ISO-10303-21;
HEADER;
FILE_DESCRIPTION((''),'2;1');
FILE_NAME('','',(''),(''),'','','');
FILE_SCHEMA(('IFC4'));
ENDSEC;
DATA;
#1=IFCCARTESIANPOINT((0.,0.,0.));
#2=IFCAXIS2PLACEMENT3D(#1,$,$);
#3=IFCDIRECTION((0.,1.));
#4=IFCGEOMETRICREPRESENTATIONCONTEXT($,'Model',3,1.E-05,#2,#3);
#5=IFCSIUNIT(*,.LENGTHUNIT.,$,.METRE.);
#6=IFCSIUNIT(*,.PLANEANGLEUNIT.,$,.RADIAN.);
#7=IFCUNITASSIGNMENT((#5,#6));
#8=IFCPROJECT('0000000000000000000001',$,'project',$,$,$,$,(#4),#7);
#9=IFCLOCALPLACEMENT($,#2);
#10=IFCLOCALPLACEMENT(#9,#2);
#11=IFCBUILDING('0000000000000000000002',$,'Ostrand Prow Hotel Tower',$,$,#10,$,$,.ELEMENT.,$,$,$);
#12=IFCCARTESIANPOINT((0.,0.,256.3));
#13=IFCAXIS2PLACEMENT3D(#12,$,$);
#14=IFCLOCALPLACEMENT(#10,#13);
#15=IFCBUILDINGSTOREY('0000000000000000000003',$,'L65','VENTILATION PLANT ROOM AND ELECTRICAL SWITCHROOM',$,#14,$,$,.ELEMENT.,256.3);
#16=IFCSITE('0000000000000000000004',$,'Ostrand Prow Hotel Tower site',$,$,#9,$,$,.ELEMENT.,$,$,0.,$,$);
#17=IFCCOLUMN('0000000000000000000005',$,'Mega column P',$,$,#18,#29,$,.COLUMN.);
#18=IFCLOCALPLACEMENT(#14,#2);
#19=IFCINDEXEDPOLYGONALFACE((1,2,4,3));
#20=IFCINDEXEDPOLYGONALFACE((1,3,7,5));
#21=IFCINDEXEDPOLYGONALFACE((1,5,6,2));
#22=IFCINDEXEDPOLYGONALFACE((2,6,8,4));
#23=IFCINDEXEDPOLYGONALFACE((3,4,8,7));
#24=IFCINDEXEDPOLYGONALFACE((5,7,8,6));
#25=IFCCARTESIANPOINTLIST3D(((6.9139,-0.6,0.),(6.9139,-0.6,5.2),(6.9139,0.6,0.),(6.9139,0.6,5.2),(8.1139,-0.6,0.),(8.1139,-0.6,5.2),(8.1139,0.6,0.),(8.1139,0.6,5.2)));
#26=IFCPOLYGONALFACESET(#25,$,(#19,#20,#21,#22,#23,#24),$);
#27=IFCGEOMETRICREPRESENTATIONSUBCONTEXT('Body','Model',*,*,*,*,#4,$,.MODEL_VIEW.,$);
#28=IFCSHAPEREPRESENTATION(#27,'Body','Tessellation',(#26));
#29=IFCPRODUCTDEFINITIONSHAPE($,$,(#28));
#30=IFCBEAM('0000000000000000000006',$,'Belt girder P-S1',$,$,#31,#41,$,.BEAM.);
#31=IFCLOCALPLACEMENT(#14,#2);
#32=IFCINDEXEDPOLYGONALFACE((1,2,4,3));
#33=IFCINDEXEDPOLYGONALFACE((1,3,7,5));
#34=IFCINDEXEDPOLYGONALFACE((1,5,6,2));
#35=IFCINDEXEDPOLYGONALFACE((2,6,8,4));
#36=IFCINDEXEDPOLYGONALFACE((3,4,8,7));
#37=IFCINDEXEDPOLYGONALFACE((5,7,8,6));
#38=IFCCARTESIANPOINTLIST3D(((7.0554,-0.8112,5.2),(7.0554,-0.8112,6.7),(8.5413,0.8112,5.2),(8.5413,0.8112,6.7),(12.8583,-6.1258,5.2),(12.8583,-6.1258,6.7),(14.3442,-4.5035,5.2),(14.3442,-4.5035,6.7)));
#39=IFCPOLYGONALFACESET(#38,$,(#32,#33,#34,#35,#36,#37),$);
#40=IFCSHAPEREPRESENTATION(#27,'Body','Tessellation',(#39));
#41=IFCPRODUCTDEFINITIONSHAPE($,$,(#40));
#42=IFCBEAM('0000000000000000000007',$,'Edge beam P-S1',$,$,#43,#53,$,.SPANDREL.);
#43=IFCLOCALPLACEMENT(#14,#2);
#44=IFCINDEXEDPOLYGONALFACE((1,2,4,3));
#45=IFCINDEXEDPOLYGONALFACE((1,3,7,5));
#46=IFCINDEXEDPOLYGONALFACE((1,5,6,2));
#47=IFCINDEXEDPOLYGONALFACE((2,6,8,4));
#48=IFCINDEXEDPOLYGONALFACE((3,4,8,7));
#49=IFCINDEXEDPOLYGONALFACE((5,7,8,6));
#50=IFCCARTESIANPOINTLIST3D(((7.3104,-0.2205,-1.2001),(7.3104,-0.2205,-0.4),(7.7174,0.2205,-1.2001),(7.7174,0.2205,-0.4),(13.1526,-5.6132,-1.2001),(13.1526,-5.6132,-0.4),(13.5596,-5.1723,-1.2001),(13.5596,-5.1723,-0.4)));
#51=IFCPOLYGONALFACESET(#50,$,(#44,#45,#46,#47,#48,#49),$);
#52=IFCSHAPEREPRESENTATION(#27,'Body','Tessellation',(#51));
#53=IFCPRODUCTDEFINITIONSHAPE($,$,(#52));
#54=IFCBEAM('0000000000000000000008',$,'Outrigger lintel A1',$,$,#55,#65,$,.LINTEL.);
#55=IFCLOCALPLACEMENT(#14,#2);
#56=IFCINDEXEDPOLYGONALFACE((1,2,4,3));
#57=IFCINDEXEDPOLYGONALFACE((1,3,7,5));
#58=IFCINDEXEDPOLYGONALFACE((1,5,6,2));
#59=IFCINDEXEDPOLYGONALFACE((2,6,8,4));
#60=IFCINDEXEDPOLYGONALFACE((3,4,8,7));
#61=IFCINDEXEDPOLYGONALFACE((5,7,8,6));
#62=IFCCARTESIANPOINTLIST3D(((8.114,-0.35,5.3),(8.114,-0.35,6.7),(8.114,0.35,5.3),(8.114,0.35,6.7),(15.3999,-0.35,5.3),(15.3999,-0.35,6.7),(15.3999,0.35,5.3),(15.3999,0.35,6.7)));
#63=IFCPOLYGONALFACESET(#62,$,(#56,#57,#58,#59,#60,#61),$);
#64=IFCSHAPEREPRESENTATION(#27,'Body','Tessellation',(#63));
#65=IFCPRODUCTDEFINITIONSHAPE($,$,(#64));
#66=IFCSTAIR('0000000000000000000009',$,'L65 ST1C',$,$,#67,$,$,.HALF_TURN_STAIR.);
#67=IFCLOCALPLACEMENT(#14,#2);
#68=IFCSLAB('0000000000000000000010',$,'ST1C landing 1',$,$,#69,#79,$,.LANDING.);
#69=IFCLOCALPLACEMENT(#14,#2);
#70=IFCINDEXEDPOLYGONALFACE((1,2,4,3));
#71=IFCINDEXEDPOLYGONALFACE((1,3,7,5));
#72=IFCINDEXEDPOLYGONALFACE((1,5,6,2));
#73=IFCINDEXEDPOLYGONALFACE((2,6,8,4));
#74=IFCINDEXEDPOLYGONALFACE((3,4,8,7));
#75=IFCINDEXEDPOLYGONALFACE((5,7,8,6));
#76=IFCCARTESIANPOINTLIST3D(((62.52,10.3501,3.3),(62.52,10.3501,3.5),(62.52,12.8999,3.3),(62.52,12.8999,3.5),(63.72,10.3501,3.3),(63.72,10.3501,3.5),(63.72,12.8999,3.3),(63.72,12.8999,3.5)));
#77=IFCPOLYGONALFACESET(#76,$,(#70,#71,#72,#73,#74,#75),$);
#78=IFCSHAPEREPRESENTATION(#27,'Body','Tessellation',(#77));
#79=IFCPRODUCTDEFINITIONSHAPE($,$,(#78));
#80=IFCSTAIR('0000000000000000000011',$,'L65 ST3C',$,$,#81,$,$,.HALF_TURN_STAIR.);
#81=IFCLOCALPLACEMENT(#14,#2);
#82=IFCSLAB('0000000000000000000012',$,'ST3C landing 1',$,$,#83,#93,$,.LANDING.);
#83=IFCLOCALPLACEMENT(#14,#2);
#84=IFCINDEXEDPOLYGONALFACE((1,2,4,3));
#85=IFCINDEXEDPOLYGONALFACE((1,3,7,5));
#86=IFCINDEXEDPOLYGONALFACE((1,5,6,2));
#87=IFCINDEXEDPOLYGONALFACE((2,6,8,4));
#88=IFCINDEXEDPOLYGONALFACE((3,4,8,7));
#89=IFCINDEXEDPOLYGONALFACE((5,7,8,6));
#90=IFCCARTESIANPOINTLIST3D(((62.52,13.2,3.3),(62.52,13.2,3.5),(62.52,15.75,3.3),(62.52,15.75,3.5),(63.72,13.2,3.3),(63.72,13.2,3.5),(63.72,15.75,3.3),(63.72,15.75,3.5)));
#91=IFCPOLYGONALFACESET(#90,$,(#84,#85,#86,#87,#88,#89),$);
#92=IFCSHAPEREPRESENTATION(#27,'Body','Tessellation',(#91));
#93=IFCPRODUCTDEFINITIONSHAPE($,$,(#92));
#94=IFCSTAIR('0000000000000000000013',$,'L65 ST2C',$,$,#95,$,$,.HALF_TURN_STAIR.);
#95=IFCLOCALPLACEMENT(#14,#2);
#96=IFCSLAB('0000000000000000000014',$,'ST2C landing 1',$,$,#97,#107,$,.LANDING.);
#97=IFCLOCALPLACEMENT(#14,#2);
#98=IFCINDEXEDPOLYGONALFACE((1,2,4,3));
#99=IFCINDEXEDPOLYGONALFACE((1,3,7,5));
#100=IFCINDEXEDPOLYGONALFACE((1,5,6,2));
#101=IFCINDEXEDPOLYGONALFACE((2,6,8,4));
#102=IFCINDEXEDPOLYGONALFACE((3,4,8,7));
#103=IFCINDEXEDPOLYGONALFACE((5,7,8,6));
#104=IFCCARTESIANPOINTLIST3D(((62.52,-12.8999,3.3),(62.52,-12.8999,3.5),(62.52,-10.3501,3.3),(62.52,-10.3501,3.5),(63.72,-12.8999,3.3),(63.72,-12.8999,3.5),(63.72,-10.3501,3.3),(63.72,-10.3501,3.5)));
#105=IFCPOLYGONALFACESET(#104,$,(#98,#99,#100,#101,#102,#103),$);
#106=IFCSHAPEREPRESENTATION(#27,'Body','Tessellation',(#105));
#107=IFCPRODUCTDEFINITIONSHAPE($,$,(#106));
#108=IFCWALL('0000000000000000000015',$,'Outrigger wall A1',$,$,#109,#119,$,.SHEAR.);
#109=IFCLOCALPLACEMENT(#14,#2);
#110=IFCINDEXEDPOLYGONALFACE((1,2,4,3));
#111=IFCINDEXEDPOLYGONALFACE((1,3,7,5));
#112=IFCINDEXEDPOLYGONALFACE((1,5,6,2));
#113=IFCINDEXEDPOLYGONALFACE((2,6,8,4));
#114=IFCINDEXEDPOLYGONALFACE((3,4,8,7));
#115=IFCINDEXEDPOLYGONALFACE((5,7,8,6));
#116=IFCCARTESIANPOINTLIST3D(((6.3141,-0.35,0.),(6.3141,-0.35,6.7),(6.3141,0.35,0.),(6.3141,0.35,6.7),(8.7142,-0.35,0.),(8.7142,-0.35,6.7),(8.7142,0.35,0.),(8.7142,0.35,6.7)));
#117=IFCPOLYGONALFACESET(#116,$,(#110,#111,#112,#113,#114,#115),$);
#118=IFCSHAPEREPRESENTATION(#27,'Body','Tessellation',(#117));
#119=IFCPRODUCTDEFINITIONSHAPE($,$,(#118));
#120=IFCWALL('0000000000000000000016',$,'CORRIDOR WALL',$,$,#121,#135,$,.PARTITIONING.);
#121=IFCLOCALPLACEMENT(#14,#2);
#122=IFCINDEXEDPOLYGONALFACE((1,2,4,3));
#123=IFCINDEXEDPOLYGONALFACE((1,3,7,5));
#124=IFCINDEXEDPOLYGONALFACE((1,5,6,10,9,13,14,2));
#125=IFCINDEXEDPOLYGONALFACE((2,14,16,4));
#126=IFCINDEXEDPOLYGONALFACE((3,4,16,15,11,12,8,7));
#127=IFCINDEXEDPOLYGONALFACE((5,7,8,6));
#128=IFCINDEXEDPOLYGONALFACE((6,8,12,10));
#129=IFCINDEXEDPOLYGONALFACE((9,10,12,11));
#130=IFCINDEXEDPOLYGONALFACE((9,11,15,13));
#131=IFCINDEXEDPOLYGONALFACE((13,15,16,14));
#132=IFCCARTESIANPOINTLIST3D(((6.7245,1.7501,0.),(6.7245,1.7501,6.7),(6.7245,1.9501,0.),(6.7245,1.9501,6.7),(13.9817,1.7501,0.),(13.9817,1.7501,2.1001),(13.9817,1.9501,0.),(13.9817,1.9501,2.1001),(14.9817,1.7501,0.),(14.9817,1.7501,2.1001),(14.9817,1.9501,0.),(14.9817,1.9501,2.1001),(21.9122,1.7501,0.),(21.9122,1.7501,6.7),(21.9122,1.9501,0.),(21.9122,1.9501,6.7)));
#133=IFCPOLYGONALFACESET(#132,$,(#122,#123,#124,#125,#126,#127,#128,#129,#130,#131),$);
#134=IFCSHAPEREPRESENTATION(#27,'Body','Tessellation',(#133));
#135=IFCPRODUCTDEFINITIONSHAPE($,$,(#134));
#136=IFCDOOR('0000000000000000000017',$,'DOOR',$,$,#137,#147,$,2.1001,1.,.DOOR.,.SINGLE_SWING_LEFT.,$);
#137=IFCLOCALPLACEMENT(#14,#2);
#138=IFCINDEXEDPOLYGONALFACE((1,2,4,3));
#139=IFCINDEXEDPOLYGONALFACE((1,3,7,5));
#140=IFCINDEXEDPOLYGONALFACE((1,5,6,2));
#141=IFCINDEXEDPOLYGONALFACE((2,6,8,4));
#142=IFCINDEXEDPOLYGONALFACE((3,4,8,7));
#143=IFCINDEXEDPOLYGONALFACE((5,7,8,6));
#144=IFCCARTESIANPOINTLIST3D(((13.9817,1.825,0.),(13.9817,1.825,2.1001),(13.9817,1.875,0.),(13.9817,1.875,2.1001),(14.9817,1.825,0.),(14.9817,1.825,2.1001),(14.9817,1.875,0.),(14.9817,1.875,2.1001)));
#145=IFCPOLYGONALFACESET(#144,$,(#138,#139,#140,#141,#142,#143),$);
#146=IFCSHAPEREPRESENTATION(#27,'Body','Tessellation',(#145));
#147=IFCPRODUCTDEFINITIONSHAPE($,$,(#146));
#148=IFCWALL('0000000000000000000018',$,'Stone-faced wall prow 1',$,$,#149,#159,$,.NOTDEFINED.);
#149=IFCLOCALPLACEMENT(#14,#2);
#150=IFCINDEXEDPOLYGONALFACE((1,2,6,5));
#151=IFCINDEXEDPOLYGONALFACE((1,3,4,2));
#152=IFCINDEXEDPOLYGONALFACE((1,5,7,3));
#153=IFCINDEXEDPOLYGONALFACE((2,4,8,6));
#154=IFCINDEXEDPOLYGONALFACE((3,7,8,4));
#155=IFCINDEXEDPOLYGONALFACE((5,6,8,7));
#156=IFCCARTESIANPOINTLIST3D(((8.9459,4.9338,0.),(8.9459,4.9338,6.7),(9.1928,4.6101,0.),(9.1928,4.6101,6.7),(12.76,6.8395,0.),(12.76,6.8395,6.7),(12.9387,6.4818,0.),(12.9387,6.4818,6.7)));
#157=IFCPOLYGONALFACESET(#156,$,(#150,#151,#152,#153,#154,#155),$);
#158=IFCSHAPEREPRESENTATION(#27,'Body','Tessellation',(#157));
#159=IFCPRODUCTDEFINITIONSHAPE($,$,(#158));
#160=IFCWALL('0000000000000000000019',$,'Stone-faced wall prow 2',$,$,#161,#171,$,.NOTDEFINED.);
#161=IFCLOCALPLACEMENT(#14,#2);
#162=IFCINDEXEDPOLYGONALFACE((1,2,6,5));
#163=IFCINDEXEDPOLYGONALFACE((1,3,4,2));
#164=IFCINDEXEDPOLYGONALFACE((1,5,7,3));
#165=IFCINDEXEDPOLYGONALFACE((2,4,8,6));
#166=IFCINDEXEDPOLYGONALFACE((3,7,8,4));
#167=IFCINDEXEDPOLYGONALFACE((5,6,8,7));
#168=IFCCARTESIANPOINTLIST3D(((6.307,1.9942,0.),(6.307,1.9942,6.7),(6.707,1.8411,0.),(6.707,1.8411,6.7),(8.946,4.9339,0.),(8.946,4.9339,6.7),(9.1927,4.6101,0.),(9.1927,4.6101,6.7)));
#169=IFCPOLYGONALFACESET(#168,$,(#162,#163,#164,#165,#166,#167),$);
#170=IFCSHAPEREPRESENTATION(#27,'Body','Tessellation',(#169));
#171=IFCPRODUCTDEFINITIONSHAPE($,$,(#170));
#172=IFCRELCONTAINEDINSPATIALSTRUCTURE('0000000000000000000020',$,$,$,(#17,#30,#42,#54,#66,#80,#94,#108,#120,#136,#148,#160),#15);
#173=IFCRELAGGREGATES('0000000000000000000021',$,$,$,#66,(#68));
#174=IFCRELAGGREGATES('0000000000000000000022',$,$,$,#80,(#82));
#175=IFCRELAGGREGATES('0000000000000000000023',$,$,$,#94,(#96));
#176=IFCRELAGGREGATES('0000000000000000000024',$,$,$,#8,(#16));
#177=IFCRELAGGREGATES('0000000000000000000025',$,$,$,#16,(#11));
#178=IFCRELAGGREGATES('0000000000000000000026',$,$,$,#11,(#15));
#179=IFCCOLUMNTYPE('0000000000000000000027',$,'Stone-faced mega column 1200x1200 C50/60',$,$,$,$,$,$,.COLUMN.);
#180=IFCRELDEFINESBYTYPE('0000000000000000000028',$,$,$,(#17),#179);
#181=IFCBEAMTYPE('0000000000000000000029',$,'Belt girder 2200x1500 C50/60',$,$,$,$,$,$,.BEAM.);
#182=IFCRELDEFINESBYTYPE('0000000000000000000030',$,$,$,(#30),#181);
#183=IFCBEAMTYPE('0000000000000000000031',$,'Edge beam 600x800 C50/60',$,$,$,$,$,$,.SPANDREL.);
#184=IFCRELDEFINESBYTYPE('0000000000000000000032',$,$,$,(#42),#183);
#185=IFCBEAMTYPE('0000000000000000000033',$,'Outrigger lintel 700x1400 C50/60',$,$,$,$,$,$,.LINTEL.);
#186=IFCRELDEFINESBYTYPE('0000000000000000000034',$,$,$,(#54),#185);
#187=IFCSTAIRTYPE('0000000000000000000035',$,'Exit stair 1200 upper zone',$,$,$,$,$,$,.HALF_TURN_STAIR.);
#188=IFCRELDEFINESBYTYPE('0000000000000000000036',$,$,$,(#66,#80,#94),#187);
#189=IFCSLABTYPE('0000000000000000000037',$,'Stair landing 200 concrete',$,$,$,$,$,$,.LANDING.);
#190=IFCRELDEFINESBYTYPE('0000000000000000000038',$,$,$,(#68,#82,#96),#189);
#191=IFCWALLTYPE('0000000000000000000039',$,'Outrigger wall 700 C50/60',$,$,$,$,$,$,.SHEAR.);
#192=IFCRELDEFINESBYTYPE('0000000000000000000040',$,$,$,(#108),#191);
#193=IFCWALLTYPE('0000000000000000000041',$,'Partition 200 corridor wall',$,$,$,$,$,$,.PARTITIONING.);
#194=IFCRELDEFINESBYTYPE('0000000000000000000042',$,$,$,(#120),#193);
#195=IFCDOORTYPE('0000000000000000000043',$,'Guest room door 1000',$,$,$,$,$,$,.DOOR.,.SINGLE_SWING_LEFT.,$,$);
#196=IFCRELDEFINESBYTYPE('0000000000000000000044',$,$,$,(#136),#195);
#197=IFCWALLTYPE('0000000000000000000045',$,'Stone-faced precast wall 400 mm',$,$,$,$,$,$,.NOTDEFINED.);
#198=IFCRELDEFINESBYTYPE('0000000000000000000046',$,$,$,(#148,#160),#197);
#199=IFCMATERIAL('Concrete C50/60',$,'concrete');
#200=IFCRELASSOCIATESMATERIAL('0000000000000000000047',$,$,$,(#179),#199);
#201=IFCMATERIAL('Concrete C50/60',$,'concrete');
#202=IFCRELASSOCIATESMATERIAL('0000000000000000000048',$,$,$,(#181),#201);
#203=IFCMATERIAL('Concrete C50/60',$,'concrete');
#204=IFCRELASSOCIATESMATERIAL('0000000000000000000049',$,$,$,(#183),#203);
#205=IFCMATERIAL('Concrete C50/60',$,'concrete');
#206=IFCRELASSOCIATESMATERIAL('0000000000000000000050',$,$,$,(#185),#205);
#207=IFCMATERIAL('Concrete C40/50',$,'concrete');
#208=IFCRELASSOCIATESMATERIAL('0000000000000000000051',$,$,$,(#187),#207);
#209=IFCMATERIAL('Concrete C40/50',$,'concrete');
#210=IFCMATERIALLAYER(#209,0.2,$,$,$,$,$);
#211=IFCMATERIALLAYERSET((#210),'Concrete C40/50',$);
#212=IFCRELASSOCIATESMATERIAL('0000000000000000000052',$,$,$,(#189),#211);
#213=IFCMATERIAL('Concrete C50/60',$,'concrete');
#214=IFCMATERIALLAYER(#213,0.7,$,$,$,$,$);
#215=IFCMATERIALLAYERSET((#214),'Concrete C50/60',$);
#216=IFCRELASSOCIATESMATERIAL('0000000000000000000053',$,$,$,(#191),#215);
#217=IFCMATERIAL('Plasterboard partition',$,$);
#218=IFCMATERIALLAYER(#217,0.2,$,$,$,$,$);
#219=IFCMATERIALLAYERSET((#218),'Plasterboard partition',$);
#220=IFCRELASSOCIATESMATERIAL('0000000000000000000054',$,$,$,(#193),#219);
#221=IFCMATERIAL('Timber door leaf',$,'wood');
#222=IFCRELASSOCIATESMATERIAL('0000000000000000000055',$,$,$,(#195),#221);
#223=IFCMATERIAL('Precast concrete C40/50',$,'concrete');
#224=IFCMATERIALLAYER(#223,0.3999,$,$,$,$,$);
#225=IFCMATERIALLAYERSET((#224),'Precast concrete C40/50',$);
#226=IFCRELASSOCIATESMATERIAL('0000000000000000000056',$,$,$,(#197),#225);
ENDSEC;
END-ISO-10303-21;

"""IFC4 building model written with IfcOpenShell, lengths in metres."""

from ifc_helpers import new_model, si_unit, direction, frame, frame_2d, origin, origin_2d, place, context, subcontext, project, spatial, polyline, rectangle, outline, extrude, material, layer, layer_set, material_profile, profile_set, type_object, element, fill, aggregate, save


model = new_model("IFC4")

# Units and contexts
model_context = context("Model", 3, precision=1e-05, world=origin(), true_north=direction((0.0, 1.0)))
body_context = subcontext(model_context, "Body", "Model", "MODEL_VIEW")
ifc_project = project(units=[si_unit("LENGTHUNIT", "METRE"), si_unit("PLANEANGLEUNIT", "RADIAN")], contexts=[model_context])

# Site, building, storey
site_placement = place(None, origin())
site = spatial("IfcSite", under=ifc_project, at=site_placement, Name="Ostrand Prow Hotel Tower site", CompositionType="ELEMENT", RefElevation=0.0)
building_placement = place(site_placement, origin())
building = spatial("IfcBuilding", under=site, at=building_placement, Name="Ostrand Prow Hotel Tower", CompositionType="ELEMENT")
storey_placement = place(building_placement, frame((0.0, 0.0, 256.3)))
storey = spatial("IfcBuildingStorey", under=building, at=storey_placement, Name="L65", Description="VENTILATION PLANT ROOM AND ELECTRICAL SWITCHROOM", CompositionType="ELEMENT", Elevation=256.3)

# Column
ifc_material_1 = material(Name="Concrete C50/60", Category="concrete")
ifc_material_profile_1 = material_profile(ifc_material_1, rectangle(XDim=1.2, YDim=1.2, at=origin_2d()), Name="RC 1200x1200")
ifc_profile_set_1 = profile_set([ifc_material_profile_1], Name="Concrete C50/60")
column_type = type_object("IfcColumnType", Name="Stone-faced mega column 1200x1200 C50/60", PredefinedType="COLUMN", material=ifc_profile_set_1)
column_placement = place(storey_placement, frame((7.5139, 0.0, 0.0), z_axis=(0.0, 0.0, 1.0), x_axis=(1.0, 0.0, 0.0)))
element("IfcColumn", 1, at=column_placement, inside=storey, type_object=column_type, Name="Mega column P", PredefinedType="COLUMN", context=body_context, shape_type="SweptSolid", body=[
    extrude(rectangle(XDim=1.2, YDim=1.2, at=origin_2d()), origin(), (0.0, 0.0, 1.0), 5.2),
])

# Beams
ifc_material_2 = material(Name="Concrete C50/60", Category="concrete")
ifc_material_profile_2 = material_profile(ifc_material_2, rectangle(XDim=2.2, YDim=1.5, at=origin_2d()), Name="RC 2200x1500")
ifc_profile_set_2 = profile_set([ifc_material_profile_2], Name="Concrete C50/60")
beam_type_1 = type_object("IfcBeamType", Name="Belt girder 2200x1500 C50/60", PredefinedType="BEAM", material=ifc_profile_set_2)
beam_1_placement = place(storey_placement, frame((7.7983, 0.0, 5.95), z_axis=(0.737452, -0.6754, 0.0), x_axis=(0.6754, 0.737452, 0.0)))
element("IfcBeam", 2, at=beam_1_placement, inside=storey, type_object=beam_type_1, Name="Belt girder P-S1", PredefinedType="BEAM", context=body_context, shape_type="SweptSolid", body=[
    extrude(rectangle(XDim=2.2, YDim=1.5, at=origin_2d()), origin(), (0.0, 0.0, 1.0), 7.8689),
])
ifc_material_3 = material(Name="Concrete C50/60", Category="concrete")
ifc_material_profile_3 = material_profile(ifc_material_3, rectangle(XDim=0.6001, YDim=0.8, at=origin_2d()), Name="RC 600x800")
ifc_profile_set_3 = profile_set([ifc_material_profile_3], Name="Concrete C50/60")
beam_type_2 = type_object("IfcBeamType", Name="Edge beam 600x800 C50/60", PredefinedType="SPANDREL", material=ifc_profile_set_3)
beam_2_placement = place(storey_placement, frame((7.5139, 0.0, -0.8), z_axis=(0.734807, -0.678276, 0.0), x_axis=(0.678276, 0.734807, 0.0)))
element("IfcBeam", 3, at=beam_2_placement, inside=storey, type_object=beam_type_2, Name="Edge beam P-S1", PredefinedType="SPANDREL", context=body_context, shape_type="SweptSolid", body=[
    extrude(rectangle(XDim=0.6001, YDim=0.8, at=origin_2d()), origin(), (0.0, 0.0, 1.0), 7.9507),
])
ifc_material_4 = material(Name="Concrete C50/60", Category="concrete")
ifc_material_profile_4 = material_profile(ifc_material_4, rectangle(XDim=0.7, YDim=1.3999, at=origin_2d()), Name="RC 700x1400")
ifc_profile_set_4 = profile_set([ifc_material_profile_4], Name="Concrete C50/60")
beam_type_3 = type_object("IfcBeamType", Name="Outrigger lintel 700x1400 C50/60", PredefinedType="LINTEL", material=ifc_profile_set_4)
beam_3_placement = place(storey_placement, frame((8.114, 0.0, 6.0), z_axis=(1.0, 0.0, 0.0), x_axis=(0.0, 1.0, 0.0)))
element("IfcBeam", 4, at=beam_3_placement, inside=storey, type_object=beam_type_3, Name="Outrigger lintel A1", PredefinedType="LINTEL", context=body_context, shape_type="SweptSolid", body=[
    extrude(rectangle(XDim=0.7, YDim=1.3999, at=origin_2d()), origin(), (0.0, 0.0, 1.0), 7.2859),
])

# Stairs, slabs
ifc_material_5 = material(Name="Concrete C40/50", Category="concrete")
stair_type = type_object("IfcStairType", Name="Exit stair 1200 upper zone", PredefinedType="HALF_TURN_STAIR", material=ifc_material_5)
stair_1_placement = place(storey_placement, origin())
stair_1 = element("IfcStair", 5, at=stair_1_placement, inside=storey, type_object=stair_type, Name="L65 ST1C", PredefinedType="HALF_TURN_STAIR")
ifc_material_6 = material(Name="Concrete C40/50", Category="concrete")
ifc_layer_1 = layer(ifc_material_6, 0.2)
ifc_layer_set_1 = layer_set([ifc_layer_1], Name="Concrete C40/50")
slab_type = type_object("IfcSlabType", Name="Stair landing 200 concrete", PredefinedType="LANDING", material=ifc_layer_set_1)
slab_1_placement = place(storey_placement, frame((0.0, 0.0, 3.3)))
slab_1 = element("IfcSlab", 6, at=slab_1_placement, type_object=slab_type, Name="ST1C landing 1", PredefinedType="LANDING", context=body_context, shape_type="SweptSolid", body=[
    extrude(outline(polyline([(62.52, 10.3501), (63.72, 10.3501), (63.72, 12.8999), (62.52, 12.8999), (62.52, 10.3501)])), origin(), (0.0, 0.0, 1.0), 0.2),
])
aggregate(stair_1, [slab_1])
stair_2_placement = place(storey_placement, origin())
stair_2 = element("IfcStair", 7, at=stair_2_placement, inside=storey, type_object=stair_type, Name="L65 ST3C", PredefinedType="HALF_TURN_STAIR")
slab_2_placement = place(storey_placement, frame((0.0, 0.0, 3.3)))
slab_2 = element("IfcSlab", 8, at=slab_2_placement, type_object=slab_type, Name="ST3C landing 1", PredefinedType="LANDING", context=body_context, shape_type="SweptSolid", body=[
    extrude(outline(polyline([(62.52, 13.2), (63.72, 13.2), (63.72, 15.75), (62.52, 15.75), (62.52, 13.2)])), origin(), (0.0, 0.0, 1.0), 0.2),
])
aggregate(stair_2, [slab_2])
stair_3_placement = place(storey_placement, origin())
stair_3 = element("IfcStair", 9, at=stair_3_placement, inside=storey, type_object=stair_type, Name="L65 ST2C", PredefinedType="HALF_TURN_STAIR")
slab_3_placement = place(storey_placement, frame((0.0, 0.0, 3.3)))
slab_3 = element("IfcSlab", 10, at=slab_3_placement, type_object=slab_type, Name="ST2C landing 1", PredefinedType="LANDING", context=body_context, shape_type="SweptSolid", body=[
    extrude(outline(polyline([(62.52, -12.8999), (63.72, -12.8999), (63.72, -10.3501), (62.52, -10.3501), (62.52, -12.8999)])), origin(), (0.0, 0.0, 1.0), 0.2),
])
aggregate(stair_3, [slab_3])

# Wall
ifc_material_7 = material(Name="Concrete C50/60", Category="concrete")
ifc_layer_2 = layer(ifc_material_7, 0.7)
ifc_layer_set_2 = layer_set([ifc_layer_2], Name="Concrete C50/60")
wall_type_1 = type_object("IfcWallType", Name="Outrigger wall 700 C50/60", PredefinedType="SHEAR", material=ifc_layer_set_2)
wall_1_placement = place(storey_placement, frame((6.314, 0.0, 0.0), z_axis=(0.0, 0.0, 1.0), x_axis=(1.0, 0.0, 0.0)))
element("IfcWall", 11, at=wall_1_placement, inside=storey, type_object=wall_type_1, Name="Outrigger wall A1", PredefinedType="SHEAR", context=body_context, shape_type="SweptSolid", body=[
    extrude(rectangle(XDim=2.4001, YDim=0.7, at=frame_2d((1.2002, 0.0))), origin(), (0.0, 0.0, 1.0), 6.7),
])

# Wall, opening, door
ifc_material_8 = material(Name="Plasterboard partition")
ifc_layer_3 = layer(ifc_material_8, 0.2)
ifc_layer_set_3 = layer_set([ifc_layer_3], Name="Plasterboard partition")
wall_type_2 = type_object("IfcWallType", Name="Partition 200 corridor wall", PredefinedType="PARTITIONING", material=ifc_layer_set_3)
wall_2_placement = place(storey_placement, frame((6.7246, 1.8501, 0.0), z_axis=(0.0, 0.0, 1.0), x_axis=(1.0, 0.0, 0.0)))
wall_2 = element("IfcWall", 12, at=wall_2_placement, inside=storey, type_object=wall_type_2, Name="CORRIDOR WALL", PredefinedType="PARTITIONING", context=body_context, shape_type="SweptSolid", body=[
    extrude(rectangle(XDim=15.1877, YDim=0.2, at=frame_2d((7.5938, 0.0))), origin(), (0.0, 0.0, 1.0), 6.7),
])
opening_placement = place(wall_2_placement, frame((7.2571, 0.0, 0.0)))
opening = element("IfcOpeningElement", 13, at=opening_placement, cuts=wall_2, PredefinedType="OPENING", context=body_context, shape_type="SweptSolid", body=[
    extrude(rectangle(XDim=1.0, YDim=2.1001, at=frame_2d((0.5, 1.05))), frame((0.0, 0.1099, 0.0), z_axis=(0.0, -1.0, 0.0), x_axis=(1.0, 0.0, 0.0)), (0.0, 0.0, 1.0), 0.22),
])
ifc_material_9 = material(Name="Timber door leaf", Category="wood")
door_type = type_object("IfcDoorType", Name="Guest room door 1000", OperationType="SINGLE_SWING_LEFT", PredefinedType="DOOR", material=ifc_material_9)
door_placement = place(opening_placement, origin())
door = element("IfcDoor", 14, at=door_placement, inside=storey, type_object=door_type, Name="DOOR", OperationType="SINGLE_SWING_LEFT", OverallHeight=2.1001, OverallWidth=1.0, PredefinedType="DOOR", context=body_context, shape_type="SweptSolid", body=[
    extrude(rectangle(XDim=1.0, YDim=2.1001, at=frame_2d((0.5, 1.05))), frame((0.0, 0.0249, 0.0), z_axis=(0.0, -1.0, 0.0), x_axis=(1.0, 0.0, 0.0)), (0.0, 0.0, 1.0), 0.05),
])
fill(opening, door)

# Walls
ifc_material_10 = material(Name="Precast concrete C40/50", Category="concrete")
ifc_layer_4 = layer(ifc_material_10, 0.3999)
ifc_layer_set_4 = layer_set([ifc_layer_4], Name="Precast concrete C40/50")
wall_type_3 = type_object("IfcWallType", Name="Stone-faced precast wall 400 mm", PredefinedType="NOTDEFINED", material=ifc_layer_set_4)
wall_3_placement = place(storey_placement, frame((12.8494, 6.6606, 0.0), z_axis=(0.0, 0.0, 1.0), x_axis=(-0.894554, -0.446959, 0.0)))
element("IfcWall", 15, at=wall_3_placement, inside=storey, type_object=wall_type_3, Name="Stone-faced wall prow 1", PredefinedType="NOTDEFINED", context=body_context, shape_type="SweptSolid", body=[
    extrude(outline(polyline([(0.0, -0.2), (4.2637, -0.2), (4.1875, 0.2), (0.0, 0.2), (0.0, -0.2)])), origin(), (0.0, 0.0, 1.0), 6.7),
])
wall_4_placement = place(storey_placement, frame((9.0693, 4.772, 0.0), z_axis=(0.0, 0.0, 1.0), x_axis=(-0.668018, -0.744145, 0.0)))
element("IfcWall", 16, at=wall_4_placement, inside=storey, type_object=wall_type_3, Name="Stone-faced wall prow 2", PredefinedType="NOTDEFINED", context=body_context, shape_type="SweptSolid", body=[
    extrude(outline(polyline([(-0.0381, -0.2), (3.9124, -0.2), (3.759, 0.2), (0.0381, 0.2), (-0.0381, -0.2)])), origin(), (0.0, 0.0, 1.0), 6.7),
])

save(model, "model.ifc")
